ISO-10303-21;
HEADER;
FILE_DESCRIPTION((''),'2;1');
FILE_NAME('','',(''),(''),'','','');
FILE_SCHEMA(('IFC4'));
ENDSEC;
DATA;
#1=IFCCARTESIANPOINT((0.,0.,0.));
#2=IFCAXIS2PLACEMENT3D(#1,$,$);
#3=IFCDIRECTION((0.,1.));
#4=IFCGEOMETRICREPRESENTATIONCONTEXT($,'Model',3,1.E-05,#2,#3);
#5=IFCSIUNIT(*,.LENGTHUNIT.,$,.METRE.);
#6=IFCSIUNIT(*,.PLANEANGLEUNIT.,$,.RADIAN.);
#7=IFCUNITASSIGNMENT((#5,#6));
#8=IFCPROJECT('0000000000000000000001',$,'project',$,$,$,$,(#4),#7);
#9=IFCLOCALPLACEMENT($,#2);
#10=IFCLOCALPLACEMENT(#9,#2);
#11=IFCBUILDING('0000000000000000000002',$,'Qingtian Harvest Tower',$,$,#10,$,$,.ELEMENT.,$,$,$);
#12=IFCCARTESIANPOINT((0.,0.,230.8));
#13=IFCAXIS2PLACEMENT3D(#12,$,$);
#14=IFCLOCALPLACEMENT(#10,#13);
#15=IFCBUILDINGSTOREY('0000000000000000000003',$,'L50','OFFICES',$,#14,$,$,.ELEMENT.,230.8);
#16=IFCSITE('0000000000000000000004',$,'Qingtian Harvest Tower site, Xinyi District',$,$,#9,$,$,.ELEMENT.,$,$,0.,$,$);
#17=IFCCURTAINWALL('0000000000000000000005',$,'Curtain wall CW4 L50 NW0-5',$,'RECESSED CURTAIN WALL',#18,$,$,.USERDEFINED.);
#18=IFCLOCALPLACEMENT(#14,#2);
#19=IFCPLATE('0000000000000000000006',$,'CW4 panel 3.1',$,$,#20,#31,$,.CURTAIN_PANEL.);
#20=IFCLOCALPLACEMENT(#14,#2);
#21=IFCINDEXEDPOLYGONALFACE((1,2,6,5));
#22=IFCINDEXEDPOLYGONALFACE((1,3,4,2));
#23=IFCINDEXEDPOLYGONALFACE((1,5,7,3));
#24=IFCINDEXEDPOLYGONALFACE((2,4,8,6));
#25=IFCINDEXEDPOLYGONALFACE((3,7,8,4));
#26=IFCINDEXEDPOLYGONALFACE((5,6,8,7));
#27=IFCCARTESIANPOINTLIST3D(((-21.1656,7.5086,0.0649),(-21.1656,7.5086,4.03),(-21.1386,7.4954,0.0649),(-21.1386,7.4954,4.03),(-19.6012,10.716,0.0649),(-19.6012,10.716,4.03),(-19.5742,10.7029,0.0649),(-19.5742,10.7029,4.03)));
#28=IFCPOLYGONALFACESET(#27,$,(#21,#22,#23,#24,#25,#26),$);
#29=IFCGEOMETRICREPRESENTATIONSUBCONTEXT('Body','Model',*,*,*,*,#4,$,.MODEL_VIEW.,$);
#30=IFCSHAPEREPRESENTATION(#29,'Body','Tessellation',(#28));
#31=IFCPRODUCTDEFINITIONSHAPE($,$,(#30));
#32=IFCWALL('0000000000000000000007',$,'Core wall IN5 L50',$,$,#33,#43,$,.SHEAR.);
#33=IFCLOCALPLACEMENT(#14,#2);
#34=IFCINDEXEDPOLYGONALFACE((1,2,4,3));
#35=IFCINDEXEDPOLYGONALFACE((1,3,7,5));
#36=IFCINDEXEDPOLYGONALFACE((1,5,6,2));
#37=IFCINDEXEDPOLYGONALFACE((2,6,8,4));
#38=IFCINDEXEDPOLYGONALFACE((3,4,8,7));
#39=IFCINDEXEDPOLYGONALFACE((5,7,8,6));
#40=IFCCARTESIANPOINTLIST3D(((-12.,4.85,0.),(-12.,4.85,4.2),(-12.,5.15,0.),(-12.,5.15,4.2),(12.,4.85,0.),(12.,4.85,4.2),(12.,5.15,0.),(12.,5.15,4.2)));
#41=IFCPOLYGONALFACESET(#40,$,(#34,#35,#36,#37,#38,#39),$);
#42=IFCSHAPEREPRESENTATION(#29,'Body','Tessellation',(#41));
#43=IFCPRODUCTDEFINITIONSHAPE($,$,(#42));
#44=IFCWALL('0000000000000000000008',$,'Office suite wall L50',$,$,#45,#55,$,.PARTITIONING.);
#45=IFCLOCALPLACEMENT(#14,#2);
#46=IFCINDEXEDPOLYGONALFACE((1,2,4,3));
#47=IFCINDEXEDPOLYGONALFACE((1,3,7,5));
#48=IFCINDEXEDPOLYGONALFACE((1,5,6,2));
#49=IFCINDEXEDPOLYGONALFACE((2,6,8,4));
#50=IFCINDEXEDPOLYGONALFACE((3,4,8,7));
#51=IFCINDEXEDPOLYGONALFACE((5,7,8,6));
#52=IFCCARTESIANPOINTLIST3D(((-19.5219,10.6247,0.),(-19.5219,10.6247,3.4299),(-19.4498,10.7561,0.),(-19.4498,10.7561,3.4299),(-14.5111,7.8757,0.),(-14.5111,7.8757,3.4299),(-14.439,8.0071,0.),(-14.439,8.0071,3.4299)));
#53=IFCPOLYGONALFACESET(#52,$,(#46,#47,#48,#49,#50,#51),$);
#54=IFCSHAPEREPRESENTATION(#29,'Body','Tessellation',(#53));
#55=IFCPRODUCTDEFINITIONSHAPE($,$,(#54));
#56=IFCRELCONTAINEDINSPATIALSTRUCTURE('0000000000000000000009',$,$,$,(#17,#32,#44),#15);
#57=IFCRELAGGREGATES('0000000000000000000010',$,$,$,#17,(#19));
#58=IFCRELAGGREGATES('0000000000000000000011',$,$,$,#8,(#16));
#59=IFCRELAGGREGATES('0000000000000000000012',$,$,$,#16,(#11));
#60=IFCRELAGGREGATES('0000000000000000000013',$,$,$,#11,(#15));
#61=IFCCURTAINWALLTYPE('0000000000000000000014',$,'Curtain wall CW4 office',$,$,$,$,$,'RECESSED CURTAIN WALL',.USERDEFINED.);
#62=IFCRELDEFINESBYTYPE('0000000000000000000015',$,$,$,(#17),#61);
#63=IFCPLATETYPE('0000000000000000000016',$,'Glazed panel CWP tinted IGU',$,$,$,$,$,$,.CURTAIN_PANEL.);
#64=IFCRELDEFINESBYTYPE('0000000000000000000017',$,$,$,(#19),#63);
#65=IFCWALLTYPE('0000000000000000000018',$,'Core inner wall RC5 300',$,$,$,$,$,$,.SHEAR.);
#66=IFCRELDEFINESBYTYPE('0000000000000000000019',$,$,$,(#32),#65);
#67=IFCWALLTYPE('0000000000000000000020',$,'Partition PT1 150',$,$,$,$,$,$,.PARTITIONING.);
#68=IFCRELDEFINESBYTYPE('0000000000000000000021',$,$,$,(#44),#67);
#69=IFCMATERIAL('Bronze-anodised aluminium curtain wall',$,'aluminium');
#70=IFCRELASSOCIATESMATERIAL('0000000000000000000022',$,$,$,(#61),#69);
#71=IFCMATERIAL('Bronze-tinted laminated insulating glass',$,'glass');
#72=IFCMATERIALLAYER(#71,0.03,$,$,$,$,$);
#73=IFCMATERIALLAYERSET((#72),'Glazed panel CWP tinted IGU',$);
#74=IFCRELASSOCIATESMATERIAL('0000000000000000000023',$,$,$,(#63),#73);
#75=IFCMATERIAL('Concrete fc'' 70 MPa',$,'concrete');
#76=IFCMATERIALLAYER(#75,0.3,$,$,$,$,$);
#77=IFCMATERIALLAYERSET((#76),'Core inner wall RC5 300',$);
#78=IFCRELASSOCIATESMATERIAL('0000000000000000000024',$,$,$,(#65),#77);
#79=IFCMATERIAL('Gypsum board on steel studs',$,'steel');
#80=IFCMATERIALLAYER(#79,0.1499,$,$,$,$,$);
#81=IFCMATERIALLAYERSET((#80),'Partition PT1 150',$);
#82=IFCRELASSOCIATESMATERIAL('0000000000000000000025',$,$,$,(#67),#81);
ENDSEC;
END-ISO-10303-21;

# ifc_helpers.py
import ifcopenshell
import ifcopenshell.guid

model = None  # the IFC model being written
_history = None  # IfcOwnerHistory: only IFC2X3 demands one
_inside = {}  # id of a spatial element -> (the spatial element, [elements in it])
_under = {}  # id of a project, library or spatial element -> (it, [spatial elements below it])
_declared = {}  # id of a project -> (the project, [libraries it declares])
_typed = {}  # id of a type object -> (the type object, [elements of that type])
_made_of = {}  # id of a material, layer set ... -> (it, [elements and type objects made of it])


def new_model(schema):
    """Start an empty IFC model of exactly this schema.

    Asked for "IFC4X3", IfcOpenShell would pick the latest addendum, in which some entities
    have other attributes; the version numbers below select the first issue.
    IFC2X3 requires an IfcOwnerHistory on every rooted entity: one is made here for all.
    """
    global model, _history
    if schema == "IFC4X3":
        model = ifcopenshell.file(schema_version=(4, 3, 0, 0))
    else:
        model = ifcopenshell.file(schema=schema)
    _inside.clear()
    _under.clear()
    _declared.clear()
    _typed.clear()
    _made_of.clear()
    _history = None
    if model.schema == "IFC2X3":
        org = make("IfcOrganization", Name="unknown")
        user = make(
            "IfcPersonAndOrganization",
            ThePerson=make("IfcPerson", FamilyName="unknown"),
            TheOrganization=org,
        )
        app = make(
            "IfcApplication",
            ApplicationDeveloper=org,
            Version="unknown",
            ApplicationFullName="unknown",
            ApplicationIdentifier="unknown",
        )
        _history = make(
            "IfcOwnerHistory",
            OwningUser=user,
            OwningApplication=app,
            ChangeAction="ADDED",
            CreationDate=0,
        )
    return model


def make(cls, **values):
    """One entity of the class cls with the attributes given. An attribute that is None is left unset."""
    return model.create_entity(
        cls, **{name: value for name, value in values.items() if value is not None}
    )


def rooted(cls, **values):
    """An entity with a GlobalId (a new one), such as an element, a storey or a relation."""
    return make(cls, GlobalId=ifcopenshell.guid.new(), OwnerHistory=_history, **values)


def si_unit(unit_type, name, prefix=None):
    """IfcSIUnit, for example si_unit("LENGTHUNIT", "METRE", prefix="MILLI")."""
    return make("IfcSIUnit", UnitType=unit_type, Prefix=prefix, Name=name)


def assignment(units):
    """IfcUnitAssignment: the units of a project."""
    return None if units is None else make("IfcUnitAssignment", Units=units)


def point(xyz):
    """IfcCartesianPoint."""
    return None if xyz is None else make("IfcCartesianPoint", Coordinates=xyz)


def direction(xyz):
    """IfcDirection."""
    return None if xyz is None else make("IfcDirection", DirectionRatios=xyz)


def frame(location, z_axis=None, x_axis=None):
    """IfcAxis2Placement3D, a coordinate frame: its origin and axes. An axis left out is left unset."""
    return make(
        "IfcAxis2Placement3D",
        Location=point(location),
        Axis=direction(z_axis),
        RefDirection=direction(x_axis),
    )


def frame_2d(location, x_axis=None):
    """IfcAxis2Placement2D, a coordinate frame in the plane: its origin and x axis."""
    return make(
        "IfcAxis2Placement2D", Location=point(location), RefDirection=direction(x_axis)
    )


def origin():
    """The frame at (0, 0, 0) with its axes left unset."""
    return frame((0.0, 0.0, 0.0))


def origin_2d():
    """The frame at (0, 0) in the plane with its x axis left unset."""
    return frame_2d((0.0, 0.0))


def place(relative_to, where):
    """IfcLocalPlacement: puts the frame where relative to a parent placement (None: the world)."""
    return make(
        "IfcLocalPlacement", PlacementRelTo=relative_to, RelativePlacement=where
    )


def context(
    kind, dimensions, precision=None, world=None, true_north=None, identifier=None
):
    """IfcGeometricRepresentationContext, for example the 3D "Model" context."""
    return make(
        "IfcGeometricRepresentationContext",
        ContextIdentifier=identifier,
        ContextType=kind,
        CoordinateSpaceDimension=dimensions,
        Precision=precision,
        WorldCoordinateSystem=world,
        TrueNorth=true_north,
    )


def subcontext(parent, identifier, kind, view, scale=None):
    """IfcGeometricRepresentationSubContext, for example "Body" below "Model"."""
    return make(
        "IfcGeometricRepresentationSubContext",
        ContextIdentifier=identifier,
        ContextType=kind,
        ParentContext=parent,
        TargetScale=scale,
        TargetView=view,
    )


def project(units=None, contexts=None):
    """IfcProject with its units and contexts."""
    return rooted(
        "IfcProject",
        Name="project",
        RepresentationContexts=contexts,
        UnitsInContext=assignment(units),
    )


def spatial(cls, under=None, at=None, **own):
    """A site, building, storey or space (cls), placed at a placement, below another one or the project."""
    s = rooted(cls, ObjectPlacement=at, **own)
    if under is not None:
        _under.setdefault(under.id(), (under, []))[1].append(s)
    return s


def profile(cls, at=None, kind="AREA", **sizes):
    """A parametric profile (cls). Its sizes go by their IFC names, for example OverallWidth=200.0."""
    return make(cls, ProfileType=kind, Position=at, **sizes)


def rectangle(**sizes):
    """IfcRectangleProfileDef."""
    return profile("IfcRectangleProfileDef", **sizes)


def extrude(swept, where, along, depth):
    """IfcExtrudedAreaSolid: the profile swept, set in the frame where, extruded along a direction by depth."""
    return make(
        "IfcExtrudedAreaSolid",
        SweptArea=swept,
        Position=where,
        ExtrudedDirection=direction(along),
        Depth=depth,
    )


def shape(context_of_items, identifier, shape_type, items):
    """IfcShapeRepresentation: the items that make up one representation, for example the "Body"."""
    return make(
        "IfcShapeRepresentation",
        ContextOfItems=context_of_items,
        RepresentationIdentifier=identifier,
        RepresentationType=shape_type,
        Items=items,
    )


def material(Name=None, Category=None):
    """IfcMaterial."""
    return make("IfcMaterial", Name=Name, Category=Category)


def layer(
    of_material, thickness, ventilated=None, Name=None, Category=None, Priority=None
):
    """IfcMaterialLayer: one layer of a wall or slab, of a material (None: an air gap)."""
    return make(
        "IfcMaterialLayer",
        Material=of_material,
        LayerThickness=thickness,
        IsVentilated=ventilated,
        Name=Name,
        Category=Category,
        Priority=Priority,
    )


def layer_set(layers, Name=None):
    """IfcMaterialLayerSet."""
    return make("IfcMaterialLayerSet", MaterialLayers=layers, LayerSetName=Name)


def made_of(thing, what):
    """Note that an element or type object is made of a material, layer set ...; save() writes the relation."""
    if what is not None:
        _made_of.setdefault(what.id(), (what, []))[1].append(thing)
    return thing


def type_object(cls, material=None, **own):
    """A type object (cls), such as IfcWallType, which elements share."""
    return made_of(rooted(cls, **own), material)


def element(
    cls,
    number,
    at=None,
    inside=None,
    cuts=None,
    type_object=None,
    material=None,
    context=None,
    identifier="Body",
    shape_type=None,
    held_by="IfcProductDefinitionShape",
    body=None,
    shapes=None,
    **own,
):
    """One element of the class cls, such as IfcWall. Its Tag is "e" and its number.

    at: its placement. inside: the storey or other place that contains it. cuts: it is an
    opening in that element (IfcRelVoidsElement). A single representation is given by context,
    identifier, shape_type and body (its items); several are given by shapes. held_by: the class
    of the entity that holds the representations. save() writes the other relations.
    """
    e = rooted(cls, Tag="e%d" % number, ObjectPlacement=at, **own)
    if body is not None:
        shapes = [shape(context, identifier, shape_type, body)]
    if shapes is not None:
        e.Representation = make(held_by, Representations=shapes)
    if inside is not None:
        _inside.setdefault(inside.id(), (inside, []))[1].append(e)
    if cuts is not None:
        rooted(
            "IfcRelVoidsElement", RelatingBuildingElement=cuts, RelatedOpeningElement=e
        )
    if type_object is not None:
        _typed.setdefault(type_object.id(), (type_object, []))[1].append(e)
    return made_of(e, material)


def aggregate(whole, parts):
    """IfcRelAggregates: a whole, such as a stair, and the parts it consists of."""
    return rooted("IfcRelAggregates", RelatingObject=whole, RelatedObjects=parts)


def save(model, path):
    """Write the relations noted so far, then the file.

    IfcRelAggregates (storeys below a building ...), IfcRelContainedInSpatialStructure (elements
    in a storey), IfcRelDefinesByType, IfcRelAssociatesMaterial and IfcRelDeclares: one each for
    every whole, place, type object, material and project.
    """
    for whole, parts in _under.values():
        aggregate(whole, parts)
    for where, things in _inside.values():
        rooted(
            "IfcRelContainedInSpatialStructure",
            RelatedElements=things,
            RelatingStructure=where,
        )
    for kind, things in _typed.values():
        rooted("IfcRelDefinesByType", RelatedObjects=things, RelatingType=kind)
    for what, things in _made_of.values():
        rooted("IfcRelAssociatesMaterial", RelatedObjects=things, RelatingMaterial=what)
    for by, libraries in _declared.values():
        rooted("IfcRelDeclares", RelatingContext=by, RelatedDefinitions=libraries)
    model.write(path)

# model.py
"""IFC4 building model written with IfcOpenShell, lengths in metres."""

from ifc_helpers import new_model, si_unit, direction, frame, frame_2d, origin, origin_2d, place, context, subcontext, project, spatial, rectangle, extrude, material, layer, layer_set, type_object, element, aggregate, save


model = new_model("IFC4")

# Units and contexts
model_context = context("Model", 3, precision=1e-05, world=origin(), true_north=direction((0.0, 1.0)))
body_context = subcontext(model_context, "Body", "Model", "MODEL_VIEW")
ifc_project = project(units=[si_unit("LENGTHUNIT", "METRE"), si_unit("PLANEANGLEUNIT", "RADIAN")], contexts=[model_context])

# Site, building, storey
site_placement = place(None, origin())
site = spatial("IfcSite", under=ifc_project, at=site_placement, Name="Qingtian Harvest Tower site, Xinyi District", CompositionType="ELEMENT", RefElevation=0.0)
building_placement = place(site_placement, origin())
building = spatial("IfcBuilding", under=site, at=building_placement, Name="Qingtian Harvest Tower", CompositionType="ELEMENT")
storey_placement = place(building_placement, frame((0.0, 0.0, 230.8)))
storey = spatial("IfcBuildingStorey", under=building, at=storey_placement, Name="L50", Description="OFFICES", CompositionType="ELEMENT", Elevation=230.8)

# Curtain wall
ifc_material_1 = material(Name="Bronze-anodised aluminium curtain wall", Category="aluminium")
curtain_wall_type = type_object("IfcCurtainWallType", Name="Curtain wall CW4 office", ElementType="RECESSED CURTAIN WALL", PredefinedType="USERDEFINED", material=ifc_material_1)
curtain_wall_placement = place(storey_placement, origin())
curtain_wall = element("IfcCurtainWall", 1, at=curtain_wall_placement, inside=storey, type_object=curtain_wall_type, Name="Curtain wall CW4 L50 NW0-5", ObjectType="RECESSED CURTAIN WALL", PredefinedType="USERDEFINED")

# Plate
ifc_material_2 = material(Name="Bronze-tinted laminated insulating glass", Category="glass")
ifc_layer_1 = layer(ifc_material_2, 0.03)
ifc_layer_set_1 = layer_set([ifc_layer_1], Name="Glazed panel CWP tinted IGU")
plate_type = type_object("IfcPlateType", Name="Glazed panel CWP tinted IGU", PredefinedType="CURTAIN_PANEL", material=ifc_layer_set_1)
plate_1_placement = place(storey_placement, frame((-20.3699, 9.1057, 0.0649), z_axis=(0.0, 0.0, 1.0), x_axis=(0.438371, 0.898794, 0.0)))
plate_1 = element("IfcPlate", 2, at=plate_1_placement, type_object=plate_type, Name="CW4 panel 3.1", PredefinedType="CURTAIN_PANEL", context=body_context, shape_type="SweptSolid", body=[
    extrude(rectangle(XDim=3.5686, YDim=0.03, at=origin_2d()), origin(), (0.0, 0.0, 1.0), 3.9651),
])
aggregate(curtain_wall, [plate_1])

# Wall
ifc_material_3 = material(Name="Concrete fc' 70 MPa", Category="concrete")
ifc_layer_2 = layer(ifc_material_3, 0.3)
ifc_layer_set_2 = layer_set([ifc_layer_2], Name="Core inner wall RC5 300")
wall_type_1 = type_object("IfcWallType", Name="Core inner wall RC5 300", PredefinedType="SHEAR", material=ifc_layer_set_2)
wall_1_placement = place(storey_placement, frame((-12.0, 5.0, 0.0), z_axis=(0.0, 0.0, 1.0), x_axis=(1.0, 0.0, 0.0)))
element("IfcWall", 3, at=wall_1_placement, inside=storey, type_object=wall_type_1, Name="Core wall IN5 L50", PredefinedType="SHEAR", context=body_context, shape_type="SweptSolid", body=[
    extrude(rectangle(XDim=24.0, YDim=0.3, at=frame_2d((12.0, 0.0))), origin(), (0.0, 0.0, 1.0), 4.2),
])

# Wall
ifc_material_4 = material(Name="Gypsum board on steel studs", Category="steel")
ifc_layer_3 = layer(ifc_material_4, 0.1499)
ifc_layer_set_3 = layer_set([ifc_layer_3], Name="Partition PT1 150")
wall_type_2 = type_object("IfcWallType", Name="Partition PT1 150", PredefinedType="PARTITIONING", material=ifc_layer_set_3)
wall_2_placement = place(storey_placement, frame((-19.4858, 10.6904, 0.0), z_axis=(0.0, 0.0, 1.0), x_axis=(0.876724, -0.480994, 0.0)))
element("IfcWall", 4, at=wall_2_placement, inside=storey, type_object=wall_type_2, Name="Office suite wall L50", PredefinedType="PARTITIONING", context=body_context, shape_type="SweptSolid", body=[
    extrude(rectangle(XDim=5.7153, YDim=0.1499, at=frame_2d((2.8577, 0.0))), origin(), (0.0, 0.0, 1.0), 3.4299),
])

save(model, "model.ifc")
